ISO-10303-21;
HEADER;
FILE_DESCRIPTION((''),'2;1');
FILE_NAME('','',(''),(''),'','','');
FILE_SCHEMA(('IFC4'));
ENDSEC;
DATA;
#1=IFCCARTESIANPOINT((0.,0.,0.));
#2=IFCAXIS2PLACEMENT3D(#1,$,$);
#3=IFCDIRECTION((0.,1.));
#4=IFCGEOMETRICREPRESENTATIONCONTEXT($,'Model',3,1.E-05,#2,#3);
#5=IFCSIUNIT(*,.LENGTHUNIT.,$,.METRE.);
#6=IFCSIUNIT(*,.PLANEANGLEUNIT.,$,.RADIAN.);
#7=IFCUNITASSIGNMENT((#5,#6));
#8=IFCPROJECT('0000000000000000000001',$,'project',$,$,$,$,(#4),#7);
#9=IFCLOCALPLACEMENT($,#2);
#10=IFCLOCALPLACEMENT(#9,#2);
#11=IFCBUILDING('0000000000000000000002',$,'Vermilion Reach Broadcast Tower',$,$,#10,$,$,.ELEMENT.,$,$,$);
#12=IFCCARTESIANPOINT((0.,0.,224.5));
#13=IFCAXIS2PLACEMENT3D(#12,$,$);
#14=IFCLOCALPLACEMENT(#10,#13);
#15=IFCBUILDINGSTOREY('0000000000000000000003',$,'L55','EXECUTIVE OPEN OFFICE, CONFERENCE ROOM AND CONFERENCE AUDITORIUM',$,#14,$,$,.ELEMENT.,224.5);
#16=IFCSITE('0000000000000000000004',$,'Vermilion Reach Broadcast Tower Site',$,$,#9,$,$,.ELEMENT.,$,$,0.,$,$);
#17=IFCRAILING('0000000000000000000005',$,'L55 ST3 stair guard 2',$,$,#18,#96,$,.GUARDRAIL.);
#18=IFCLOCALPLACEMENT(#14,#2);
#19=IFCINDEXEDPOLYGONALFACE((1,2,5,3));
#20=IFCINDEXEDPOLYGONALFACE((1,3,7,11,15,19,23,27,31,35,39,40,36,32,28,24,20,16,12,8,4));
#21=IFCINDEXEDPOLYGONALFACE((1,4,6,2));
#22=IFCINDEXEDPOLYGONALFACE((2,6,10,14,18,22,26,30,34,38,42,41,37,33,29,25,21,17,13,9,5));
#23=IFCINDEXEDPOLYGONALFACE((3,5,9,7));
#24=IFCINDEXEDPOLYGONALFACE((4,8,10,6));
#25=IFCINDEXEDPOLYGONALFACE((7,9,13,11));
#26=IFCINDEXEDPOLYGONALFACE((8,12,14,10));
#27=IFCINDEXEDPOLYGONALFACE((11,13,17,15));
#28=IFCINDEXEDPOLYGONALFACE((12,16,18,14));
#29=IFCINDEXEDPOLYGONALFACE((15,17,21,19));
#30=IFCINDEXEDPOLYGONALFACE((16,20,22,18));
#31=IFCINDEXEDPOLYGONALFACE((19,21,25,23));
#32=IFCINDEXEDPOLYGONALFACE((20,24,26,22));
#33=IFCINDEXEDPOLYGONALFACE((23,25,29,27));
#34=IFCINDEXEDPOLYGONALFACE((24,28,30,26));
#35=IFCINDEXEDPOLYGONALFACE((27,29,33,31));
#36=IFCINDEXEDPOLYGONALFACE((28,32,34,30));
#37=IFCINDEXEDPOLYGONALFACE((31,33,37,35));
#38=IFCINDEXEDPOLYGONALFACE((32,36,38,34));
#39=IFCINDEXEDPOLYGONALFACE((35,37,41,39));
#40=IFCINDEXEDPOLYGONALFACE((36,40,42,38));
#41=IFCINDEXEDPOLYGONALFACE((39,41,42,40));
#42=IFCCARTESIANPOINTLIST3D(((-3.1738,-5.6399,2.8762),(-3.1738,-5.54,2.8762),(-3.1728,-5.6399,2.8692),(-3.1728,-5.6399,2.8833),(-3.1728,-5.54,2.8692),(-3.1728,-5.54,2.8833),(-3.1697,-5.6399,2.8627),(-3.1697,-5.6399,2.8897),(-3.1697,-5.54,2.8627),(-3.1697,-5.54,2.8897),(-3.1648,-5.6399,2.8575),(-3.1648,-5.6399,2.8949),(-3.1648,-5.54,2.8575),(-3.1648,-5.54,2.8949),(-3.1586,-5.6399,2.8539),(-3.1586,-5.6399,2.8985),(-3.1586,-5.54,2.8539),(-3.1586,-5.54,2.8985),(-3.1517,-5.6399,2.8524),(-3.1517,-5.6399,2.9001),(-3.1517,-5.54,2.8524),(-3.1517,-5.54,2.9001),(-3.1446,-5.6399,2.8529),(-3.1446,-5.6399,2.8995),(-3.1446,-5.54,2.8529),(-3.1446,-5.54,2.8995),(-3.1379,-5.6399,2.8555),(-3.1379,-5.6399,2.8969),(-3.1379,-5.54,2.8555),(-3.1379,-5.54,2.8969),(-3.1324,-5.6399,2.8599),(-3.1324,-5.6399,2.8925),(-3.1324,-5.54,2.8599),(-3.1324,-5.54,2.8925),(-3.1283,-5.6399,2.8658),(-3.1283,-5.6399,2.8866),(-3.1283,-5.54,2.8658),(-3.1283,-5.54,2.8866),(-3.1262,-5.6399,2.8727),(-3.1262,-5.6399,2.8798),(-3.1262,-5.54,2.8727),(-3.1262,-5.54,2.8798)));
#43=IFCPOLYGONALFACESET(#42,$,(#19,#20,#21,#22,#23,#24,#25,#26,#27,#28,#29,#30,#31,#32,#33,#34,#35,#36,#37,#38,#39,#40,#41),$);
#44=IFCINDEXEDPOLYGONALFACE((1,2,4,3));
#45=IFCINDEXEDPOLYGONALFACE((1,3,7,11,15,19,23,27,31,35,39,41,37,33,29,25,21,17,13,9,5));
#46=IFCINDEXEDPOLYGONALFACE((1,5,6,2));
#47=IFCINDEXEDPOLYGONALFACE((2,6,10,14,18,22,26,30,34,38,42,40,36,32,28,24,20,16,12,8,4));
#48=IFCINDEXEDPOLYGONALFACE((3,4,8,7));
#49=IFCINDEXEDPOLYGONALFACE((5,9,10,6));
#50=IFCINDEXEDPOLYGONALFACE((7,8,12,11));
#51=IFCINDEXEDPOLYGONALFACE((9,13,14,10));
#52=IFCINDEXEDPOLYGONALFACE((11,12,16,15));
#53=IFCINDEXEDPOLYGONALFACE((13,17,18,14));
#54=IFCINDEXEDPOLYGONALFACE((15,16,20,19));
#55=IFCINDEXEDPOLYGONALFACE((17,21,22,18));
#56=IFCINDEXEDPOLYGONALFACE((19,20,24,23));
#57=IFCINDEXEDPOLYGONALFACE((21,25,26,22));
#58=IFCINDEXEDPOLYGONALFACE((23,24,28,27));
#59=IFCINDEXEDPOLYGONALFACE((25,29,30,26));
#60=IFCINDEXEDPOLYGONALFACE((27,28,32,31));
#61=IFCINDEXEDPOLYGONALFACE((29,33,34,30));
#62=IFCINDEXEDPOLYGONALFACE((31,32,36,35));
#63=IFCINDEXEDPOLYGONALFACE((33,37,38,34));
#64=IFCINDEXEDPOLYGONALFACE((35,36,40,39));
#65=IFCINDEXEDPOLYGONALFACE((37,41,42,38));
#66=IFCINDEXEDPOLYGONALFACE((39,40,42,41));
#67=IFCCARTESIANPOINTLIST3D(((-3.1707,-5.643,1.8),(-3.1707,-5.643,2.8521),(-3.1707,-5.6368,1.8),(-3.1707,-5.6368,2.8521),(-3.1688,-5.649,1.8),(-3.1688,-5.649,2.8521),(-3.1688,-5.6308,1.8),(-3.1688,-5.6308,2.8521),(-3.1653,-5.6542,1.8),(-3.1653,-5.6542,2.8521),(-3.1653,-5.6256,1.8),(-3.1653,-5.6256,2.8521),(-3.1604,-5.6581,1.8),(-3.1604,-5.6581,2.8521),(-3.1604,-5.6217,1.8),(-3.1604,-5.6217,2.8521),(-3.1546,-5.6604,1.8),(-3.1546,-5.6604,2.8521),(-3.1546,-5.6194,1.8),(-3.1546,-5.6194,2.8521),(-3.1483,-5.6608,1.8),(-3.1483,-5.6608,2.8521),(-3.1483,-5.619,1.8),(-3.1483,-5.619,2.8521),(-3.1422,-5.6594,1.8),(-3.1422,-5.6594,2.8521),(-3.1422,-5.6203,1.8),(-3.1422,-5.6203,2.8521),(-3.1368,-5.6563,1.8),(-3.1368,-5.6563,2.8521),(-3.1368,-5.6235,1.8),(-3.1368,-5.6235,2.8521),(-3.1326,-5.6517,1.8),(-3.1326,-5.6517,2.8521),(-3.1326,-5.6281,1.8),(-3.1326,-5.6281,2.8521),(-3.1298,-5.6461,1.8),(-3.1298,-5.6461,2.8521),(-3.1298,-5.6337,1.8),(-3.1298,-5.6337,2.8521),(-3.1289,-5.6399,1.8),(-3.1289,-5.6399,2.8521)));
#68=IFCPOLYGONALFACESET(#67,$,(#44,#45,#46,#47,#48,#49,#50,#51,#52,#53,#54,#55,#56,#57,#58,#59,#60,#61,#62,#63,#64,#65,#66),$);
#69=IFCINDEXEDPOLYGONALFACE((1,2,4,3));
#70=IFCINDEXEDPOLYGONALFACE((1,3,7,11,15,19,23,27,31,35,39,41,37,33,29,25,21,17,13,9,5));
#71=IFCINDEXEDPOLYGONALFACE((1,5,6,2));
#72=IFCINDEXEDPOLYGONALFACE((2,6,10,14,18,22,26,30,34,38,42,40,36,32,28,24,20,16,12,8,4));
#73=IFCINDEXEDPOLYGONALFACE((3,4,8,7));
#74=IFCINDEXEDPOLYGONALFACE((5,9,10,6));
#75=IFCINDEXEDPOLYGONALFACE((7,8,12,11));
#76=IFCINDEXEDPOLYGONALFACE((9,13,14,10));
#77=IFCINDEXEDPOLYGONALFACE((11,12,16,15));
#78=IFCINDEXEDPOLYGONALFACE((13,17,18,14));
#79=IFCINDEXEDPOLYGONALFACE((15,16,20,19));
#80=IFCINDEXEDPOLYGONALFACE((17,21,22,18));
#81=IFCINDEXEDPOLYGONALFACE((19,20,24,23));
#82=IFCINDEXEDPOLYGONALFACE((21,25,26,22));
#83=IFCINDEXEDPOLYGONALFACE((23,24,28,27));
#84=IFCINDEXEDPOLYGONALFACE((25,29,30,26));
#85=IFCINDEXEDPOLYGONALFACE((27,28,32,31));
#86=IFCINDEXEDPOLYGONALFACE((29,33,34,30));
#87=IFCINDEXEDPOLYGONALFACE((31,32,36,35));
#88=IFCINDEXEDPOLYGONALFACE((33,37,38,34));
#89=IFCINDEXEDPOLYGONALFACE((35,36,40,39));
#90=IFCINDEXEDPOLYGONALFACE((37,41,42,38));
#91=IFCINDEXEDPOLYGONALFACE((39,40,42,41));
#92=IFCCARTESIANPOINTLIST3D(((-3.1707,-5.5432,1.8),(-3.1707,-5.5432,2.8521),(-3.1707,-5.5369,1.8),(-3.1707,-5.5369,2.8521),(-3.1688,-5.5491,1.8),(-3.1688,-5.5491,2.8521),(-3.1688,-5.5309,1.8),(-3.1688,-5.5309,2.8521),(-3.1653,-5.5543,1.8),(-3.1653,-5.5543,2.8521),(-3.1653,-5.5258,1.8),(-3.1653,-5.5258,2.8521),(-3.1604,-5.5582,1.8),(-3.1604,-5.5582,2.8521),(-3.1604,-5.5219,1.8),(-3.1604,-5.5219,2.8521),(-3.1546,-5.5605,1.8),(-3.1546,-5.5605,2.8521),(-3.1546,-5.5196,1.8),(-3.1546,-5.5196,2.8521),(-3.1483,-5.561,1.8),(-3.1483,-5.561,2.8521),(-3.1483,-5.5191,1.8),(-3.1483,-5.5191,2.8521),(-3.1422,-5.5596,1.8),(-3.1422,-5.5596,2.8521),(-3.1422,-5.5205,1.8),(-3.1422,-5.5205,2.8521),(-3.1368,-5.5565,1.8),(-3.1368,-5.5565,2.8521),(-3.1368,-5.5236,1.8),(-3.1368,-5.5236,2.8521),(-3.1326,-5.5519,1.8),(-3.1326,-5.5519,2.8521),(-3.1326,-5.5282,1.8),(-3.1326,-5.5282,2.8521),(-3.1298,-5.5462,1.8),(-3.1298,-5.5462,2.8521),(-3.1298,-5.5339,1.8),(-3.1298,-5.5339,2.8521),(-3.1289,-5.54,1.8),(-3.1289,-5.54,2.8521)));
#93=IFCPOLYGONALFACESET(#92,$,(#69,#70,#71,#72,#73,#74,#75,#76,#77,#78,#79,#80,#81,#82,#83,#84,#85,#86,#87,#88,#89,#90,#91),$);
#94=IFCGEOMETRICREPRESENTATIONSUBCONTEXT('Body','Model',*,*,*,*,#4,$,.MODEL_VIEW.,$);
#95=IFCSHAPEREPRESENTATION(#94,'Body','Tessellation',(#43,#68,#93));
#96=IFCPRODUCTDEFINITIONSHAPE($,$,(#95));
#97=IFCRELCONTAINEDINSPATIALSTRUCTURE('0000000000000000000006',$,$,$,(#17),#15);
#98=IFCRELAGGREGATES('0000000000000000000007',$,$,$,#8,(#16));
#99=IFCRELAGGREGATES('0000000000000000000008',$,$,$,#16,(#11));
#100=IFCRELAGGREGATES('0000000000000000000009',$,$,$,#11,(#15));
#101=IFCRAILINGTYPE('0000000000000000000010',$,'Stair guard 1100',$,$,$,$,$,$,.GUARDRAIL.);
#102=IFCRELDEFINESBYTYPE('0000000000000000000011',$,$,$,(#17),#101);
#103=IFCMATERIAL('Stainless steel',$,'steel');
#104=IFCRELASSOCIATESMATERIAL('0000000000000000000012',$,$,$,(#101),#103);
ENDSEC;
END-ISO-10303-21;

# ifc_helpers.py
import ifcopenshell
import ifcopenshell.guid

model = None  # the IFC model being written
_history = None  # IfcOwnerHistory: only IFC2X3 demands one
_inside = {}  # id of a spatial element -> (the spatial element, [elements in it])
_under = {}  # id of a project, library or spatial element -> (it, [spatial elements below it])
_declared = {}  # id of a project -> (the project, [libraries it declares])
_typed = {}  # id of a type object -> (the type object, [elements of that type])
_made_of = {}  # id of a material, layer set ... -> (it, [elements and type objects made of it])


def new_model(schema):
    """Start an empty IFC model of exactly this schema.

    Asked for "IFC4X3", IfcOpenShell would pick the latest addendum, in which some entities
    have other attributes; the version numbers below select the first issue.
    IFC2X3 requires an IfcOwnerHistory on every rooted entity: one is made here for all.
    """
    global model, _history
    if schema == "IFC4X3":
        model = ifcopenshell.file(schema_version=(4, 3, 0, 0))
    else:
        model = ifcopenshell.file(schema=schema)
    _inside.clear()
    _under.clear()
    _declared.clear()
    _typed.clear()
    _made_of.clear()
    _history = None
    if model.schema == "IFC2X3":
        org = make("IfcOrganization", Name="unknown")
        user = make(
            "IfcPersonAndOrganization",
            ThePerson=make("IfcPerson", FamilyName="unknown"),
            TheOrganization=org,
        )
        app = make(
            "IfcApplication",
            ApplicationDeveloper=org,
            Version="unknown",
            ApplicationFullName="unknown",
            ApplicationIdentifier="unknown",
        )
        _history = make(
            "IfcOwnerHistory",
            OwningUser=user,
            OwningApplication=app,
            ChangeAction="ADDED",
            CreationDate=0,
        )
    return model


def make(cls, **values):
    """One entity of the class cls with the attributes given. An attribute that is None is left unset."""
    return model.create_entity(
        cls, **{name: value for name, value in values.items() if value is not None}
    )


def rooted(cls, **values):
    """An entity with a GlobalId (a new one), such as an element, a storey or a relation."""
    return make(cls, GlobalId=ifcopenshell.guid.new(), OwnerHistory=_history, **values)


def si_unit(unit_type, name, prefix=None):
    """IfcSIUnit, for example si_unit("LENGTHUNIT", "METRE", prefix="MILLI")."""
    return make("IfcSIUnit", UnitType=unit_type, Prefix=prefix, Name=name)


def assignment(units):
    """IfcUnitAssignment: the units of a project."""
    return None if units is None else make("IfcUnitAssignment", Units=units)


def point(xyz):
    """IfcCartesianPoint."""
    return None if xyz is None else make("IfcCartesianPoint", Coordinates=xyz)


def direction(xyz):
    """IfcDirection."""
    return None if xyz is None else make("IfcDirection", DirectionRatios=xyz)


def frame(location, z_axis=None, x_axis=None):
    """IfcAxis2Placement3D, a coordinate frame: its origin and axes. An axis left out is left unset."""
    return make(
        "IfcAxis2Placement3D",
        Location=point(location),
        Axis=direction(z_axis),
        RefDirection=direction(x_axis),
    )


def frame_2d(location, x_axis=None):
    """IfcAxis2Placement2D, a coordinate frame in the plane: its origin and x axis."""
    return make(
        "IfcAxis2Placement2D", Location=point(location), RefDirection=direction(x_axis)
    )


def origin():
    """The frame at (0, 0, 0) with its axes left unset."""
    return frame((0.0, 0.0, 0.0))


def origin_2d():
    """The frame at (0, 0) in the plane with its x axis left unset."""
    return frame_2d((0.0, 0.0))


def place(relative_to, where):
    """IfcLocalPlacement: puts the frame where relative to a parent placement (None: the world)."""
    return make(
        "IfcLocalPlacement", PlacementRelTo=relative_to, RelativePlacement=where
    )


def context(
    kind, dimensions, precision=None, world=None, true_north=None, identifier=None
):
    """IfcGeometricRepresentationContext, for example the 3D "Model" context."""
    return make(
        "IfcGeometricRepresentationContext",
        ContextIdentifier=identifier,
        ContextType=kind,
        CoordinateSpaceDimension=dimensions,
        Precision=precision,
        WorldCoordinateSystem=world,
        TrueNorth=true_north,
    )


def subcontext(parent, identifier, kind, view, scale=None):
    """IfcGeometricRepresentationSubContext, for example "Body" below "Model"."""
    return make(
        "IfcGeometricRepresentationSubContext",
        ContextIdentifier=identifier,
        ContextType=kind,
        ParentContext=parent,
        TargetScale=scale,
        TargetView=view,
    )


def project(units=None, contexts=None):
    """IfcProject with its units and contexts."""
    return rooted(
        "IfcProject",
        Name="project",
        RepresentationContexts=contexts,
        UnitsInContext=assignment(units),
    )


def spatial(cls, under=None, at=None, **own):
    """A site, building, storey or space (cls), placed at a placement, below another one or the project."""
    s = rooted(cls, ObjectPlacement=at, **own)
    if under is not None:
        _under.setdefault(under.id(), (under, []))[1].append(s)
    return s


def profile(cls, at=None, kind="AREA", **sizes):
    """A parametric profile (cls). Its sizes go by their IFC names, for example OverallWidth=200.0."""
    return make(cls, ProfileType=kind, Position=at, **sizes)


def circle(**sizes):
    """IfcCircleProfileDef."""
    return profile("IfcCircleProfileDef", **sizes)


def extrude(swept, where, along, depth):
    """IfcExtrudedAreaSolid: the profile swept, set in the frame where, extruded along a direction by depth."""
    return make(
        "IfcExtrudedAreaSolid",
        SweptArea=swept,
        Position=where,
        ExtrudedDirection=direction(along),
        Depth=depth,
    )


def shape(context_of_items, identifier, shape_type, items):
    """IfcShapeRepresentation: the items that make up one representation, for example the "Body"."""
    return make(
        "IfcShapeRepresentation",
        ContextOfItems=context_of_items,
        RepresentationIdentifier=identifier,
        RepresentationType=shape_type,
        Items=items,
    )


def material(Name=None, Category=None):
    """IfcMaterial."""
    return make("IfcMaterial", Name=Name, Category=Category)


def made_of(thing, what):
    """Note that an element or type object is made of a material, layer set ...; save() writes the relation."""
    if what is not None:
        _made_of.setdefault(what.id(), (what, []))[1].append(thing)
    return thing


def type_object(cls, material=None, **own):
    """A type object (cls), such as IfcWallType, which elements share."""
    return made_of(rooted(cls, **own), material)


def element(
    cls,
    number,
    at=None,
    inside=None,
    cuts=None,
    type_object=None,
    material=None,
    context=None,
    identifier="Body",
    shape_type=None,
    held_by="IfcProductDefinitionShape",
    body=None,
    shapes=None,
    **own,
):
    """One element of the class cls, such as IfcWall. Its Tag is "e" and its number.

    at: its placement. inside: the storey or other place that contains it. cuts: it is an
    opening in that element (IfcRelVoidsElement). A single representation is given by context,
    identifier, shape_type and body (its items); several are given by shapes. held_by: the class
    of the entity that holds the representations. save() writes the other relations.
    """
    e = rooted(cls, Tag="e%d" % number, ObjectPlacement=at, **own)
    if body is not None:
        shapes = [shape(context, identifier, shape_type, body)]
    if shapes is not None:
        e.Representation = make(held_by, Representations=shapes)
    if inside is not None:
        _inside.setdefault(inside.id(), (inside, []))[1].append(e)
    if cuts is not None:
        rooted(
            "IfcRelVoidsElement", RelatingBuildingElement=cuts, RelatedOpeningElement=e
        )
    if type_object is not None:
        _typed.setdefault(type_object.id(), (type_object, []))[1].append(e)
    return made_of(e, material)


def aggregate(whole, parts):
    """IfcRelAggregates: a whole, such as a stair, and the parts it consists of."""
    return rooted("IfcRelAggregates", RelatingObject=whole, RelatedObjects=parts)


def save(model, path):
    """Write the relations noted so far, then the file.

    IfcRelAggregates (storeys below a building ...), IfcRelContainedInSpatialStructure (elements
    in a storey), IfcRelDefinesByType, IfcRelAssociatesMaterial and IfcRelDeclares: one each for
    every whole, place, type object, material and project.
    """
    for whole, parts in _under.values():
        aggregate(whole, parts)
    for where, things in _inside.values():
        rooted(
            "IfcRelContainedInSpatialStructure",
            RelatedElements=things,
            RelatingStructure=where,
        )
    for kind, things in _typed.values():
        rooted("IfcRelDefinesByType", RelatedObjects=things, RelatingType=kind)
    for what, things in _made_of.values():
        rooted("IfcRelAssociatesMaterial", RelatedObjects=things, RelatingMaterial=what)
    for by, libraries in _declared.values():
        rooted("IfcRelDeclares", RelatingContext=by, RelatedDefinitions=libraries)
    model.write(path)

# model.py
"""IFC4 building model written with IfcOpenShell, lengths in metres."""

from ifc_helpers import new_model, si_unit, direction, frame, origin, origin_2d, place, context, subcontext, project, spatial, circle, extrude, material, type_object, element, save


model = new_model("IFC4")

# Units and contexts
model_context = context("Model", 3, precision=1e-05, world=origin(), true_north=direction((0.0, 1.0)))
body_context = subcontext(model_context, "Body", "Model", "MODEL_VIEW")
ifc_project = project(units=[si_unit("LENGTHUNIT", "METRE"), si_unit("PLANEANGLEUNIT", "RADIAN")], contexts=[model_context])

# Site, building, storey
site_placement = place(None, origin())
site = spatial("IfcSite", under=ifc_project, at=site_placement, Name="Vermilion Reach Broadcast Tower Site", CompositionType="ELEMENT", RefElevation=0.0)
building_placement = place(site_placement, origin())
building = spatial("IfcBuilding", under=site, at=building_placement, Name="Vermilion Reach Broadcast Tower", CompositionType="ELEMENT")
storey_placement = place(building_placement, frame((0.0, 0.0, 224.5)))
storey = spatial("IfcBuildingStorey", under=building, at=storey_placement, Name="L55", Description="EXECUTIVE OPEN OFFICE, CONFERENCE ROOM AND CONFERENCE AUDITORIUM", CompositionType="ELEMENT", Elevation=224.5)

# Railing
ifc_material_1 = material(Name="Stainless steel", Category="steel")
railing_type_1 = type_object("IfcRailingType", Name="Stair guard 1100", PredefinedType="GUARDRAIL", material=ifc_material_1)
railing_1_placement = place(storey_placement, frame((-3.1499, -5.6399, 1.8)))
element("IfcRailing", 1, at=railing_1_placement, inside=storey, type_object=railing_type_1, Name="L55 ST3 stair guard 2", PredefinedType="GUARDRAIL", context=body_context, shape_type="SweptSolid", body=[
    extrude(circle(Radius=0.0239, at=origin_2d()), frame((0.0, 0.0, 1.0762), z_axis=(0.0, 1.0, 0.0), x_axis=(-1.0, 0.0, 0.0)), (0.0, 0.0, 1.0), 0.0999),
    extrude(circle(Radius=0.021, at=origin_2d()), origin(), (0.0, 0.0, 1.0), 1.052),
    extrude(circle(Radius=0.021, at=origin_2d()), frame((0.0, 0.0999, 0.0)), (0.0, 0.0, 1.0), 1.052),
])

save(model, "model.ifc")
